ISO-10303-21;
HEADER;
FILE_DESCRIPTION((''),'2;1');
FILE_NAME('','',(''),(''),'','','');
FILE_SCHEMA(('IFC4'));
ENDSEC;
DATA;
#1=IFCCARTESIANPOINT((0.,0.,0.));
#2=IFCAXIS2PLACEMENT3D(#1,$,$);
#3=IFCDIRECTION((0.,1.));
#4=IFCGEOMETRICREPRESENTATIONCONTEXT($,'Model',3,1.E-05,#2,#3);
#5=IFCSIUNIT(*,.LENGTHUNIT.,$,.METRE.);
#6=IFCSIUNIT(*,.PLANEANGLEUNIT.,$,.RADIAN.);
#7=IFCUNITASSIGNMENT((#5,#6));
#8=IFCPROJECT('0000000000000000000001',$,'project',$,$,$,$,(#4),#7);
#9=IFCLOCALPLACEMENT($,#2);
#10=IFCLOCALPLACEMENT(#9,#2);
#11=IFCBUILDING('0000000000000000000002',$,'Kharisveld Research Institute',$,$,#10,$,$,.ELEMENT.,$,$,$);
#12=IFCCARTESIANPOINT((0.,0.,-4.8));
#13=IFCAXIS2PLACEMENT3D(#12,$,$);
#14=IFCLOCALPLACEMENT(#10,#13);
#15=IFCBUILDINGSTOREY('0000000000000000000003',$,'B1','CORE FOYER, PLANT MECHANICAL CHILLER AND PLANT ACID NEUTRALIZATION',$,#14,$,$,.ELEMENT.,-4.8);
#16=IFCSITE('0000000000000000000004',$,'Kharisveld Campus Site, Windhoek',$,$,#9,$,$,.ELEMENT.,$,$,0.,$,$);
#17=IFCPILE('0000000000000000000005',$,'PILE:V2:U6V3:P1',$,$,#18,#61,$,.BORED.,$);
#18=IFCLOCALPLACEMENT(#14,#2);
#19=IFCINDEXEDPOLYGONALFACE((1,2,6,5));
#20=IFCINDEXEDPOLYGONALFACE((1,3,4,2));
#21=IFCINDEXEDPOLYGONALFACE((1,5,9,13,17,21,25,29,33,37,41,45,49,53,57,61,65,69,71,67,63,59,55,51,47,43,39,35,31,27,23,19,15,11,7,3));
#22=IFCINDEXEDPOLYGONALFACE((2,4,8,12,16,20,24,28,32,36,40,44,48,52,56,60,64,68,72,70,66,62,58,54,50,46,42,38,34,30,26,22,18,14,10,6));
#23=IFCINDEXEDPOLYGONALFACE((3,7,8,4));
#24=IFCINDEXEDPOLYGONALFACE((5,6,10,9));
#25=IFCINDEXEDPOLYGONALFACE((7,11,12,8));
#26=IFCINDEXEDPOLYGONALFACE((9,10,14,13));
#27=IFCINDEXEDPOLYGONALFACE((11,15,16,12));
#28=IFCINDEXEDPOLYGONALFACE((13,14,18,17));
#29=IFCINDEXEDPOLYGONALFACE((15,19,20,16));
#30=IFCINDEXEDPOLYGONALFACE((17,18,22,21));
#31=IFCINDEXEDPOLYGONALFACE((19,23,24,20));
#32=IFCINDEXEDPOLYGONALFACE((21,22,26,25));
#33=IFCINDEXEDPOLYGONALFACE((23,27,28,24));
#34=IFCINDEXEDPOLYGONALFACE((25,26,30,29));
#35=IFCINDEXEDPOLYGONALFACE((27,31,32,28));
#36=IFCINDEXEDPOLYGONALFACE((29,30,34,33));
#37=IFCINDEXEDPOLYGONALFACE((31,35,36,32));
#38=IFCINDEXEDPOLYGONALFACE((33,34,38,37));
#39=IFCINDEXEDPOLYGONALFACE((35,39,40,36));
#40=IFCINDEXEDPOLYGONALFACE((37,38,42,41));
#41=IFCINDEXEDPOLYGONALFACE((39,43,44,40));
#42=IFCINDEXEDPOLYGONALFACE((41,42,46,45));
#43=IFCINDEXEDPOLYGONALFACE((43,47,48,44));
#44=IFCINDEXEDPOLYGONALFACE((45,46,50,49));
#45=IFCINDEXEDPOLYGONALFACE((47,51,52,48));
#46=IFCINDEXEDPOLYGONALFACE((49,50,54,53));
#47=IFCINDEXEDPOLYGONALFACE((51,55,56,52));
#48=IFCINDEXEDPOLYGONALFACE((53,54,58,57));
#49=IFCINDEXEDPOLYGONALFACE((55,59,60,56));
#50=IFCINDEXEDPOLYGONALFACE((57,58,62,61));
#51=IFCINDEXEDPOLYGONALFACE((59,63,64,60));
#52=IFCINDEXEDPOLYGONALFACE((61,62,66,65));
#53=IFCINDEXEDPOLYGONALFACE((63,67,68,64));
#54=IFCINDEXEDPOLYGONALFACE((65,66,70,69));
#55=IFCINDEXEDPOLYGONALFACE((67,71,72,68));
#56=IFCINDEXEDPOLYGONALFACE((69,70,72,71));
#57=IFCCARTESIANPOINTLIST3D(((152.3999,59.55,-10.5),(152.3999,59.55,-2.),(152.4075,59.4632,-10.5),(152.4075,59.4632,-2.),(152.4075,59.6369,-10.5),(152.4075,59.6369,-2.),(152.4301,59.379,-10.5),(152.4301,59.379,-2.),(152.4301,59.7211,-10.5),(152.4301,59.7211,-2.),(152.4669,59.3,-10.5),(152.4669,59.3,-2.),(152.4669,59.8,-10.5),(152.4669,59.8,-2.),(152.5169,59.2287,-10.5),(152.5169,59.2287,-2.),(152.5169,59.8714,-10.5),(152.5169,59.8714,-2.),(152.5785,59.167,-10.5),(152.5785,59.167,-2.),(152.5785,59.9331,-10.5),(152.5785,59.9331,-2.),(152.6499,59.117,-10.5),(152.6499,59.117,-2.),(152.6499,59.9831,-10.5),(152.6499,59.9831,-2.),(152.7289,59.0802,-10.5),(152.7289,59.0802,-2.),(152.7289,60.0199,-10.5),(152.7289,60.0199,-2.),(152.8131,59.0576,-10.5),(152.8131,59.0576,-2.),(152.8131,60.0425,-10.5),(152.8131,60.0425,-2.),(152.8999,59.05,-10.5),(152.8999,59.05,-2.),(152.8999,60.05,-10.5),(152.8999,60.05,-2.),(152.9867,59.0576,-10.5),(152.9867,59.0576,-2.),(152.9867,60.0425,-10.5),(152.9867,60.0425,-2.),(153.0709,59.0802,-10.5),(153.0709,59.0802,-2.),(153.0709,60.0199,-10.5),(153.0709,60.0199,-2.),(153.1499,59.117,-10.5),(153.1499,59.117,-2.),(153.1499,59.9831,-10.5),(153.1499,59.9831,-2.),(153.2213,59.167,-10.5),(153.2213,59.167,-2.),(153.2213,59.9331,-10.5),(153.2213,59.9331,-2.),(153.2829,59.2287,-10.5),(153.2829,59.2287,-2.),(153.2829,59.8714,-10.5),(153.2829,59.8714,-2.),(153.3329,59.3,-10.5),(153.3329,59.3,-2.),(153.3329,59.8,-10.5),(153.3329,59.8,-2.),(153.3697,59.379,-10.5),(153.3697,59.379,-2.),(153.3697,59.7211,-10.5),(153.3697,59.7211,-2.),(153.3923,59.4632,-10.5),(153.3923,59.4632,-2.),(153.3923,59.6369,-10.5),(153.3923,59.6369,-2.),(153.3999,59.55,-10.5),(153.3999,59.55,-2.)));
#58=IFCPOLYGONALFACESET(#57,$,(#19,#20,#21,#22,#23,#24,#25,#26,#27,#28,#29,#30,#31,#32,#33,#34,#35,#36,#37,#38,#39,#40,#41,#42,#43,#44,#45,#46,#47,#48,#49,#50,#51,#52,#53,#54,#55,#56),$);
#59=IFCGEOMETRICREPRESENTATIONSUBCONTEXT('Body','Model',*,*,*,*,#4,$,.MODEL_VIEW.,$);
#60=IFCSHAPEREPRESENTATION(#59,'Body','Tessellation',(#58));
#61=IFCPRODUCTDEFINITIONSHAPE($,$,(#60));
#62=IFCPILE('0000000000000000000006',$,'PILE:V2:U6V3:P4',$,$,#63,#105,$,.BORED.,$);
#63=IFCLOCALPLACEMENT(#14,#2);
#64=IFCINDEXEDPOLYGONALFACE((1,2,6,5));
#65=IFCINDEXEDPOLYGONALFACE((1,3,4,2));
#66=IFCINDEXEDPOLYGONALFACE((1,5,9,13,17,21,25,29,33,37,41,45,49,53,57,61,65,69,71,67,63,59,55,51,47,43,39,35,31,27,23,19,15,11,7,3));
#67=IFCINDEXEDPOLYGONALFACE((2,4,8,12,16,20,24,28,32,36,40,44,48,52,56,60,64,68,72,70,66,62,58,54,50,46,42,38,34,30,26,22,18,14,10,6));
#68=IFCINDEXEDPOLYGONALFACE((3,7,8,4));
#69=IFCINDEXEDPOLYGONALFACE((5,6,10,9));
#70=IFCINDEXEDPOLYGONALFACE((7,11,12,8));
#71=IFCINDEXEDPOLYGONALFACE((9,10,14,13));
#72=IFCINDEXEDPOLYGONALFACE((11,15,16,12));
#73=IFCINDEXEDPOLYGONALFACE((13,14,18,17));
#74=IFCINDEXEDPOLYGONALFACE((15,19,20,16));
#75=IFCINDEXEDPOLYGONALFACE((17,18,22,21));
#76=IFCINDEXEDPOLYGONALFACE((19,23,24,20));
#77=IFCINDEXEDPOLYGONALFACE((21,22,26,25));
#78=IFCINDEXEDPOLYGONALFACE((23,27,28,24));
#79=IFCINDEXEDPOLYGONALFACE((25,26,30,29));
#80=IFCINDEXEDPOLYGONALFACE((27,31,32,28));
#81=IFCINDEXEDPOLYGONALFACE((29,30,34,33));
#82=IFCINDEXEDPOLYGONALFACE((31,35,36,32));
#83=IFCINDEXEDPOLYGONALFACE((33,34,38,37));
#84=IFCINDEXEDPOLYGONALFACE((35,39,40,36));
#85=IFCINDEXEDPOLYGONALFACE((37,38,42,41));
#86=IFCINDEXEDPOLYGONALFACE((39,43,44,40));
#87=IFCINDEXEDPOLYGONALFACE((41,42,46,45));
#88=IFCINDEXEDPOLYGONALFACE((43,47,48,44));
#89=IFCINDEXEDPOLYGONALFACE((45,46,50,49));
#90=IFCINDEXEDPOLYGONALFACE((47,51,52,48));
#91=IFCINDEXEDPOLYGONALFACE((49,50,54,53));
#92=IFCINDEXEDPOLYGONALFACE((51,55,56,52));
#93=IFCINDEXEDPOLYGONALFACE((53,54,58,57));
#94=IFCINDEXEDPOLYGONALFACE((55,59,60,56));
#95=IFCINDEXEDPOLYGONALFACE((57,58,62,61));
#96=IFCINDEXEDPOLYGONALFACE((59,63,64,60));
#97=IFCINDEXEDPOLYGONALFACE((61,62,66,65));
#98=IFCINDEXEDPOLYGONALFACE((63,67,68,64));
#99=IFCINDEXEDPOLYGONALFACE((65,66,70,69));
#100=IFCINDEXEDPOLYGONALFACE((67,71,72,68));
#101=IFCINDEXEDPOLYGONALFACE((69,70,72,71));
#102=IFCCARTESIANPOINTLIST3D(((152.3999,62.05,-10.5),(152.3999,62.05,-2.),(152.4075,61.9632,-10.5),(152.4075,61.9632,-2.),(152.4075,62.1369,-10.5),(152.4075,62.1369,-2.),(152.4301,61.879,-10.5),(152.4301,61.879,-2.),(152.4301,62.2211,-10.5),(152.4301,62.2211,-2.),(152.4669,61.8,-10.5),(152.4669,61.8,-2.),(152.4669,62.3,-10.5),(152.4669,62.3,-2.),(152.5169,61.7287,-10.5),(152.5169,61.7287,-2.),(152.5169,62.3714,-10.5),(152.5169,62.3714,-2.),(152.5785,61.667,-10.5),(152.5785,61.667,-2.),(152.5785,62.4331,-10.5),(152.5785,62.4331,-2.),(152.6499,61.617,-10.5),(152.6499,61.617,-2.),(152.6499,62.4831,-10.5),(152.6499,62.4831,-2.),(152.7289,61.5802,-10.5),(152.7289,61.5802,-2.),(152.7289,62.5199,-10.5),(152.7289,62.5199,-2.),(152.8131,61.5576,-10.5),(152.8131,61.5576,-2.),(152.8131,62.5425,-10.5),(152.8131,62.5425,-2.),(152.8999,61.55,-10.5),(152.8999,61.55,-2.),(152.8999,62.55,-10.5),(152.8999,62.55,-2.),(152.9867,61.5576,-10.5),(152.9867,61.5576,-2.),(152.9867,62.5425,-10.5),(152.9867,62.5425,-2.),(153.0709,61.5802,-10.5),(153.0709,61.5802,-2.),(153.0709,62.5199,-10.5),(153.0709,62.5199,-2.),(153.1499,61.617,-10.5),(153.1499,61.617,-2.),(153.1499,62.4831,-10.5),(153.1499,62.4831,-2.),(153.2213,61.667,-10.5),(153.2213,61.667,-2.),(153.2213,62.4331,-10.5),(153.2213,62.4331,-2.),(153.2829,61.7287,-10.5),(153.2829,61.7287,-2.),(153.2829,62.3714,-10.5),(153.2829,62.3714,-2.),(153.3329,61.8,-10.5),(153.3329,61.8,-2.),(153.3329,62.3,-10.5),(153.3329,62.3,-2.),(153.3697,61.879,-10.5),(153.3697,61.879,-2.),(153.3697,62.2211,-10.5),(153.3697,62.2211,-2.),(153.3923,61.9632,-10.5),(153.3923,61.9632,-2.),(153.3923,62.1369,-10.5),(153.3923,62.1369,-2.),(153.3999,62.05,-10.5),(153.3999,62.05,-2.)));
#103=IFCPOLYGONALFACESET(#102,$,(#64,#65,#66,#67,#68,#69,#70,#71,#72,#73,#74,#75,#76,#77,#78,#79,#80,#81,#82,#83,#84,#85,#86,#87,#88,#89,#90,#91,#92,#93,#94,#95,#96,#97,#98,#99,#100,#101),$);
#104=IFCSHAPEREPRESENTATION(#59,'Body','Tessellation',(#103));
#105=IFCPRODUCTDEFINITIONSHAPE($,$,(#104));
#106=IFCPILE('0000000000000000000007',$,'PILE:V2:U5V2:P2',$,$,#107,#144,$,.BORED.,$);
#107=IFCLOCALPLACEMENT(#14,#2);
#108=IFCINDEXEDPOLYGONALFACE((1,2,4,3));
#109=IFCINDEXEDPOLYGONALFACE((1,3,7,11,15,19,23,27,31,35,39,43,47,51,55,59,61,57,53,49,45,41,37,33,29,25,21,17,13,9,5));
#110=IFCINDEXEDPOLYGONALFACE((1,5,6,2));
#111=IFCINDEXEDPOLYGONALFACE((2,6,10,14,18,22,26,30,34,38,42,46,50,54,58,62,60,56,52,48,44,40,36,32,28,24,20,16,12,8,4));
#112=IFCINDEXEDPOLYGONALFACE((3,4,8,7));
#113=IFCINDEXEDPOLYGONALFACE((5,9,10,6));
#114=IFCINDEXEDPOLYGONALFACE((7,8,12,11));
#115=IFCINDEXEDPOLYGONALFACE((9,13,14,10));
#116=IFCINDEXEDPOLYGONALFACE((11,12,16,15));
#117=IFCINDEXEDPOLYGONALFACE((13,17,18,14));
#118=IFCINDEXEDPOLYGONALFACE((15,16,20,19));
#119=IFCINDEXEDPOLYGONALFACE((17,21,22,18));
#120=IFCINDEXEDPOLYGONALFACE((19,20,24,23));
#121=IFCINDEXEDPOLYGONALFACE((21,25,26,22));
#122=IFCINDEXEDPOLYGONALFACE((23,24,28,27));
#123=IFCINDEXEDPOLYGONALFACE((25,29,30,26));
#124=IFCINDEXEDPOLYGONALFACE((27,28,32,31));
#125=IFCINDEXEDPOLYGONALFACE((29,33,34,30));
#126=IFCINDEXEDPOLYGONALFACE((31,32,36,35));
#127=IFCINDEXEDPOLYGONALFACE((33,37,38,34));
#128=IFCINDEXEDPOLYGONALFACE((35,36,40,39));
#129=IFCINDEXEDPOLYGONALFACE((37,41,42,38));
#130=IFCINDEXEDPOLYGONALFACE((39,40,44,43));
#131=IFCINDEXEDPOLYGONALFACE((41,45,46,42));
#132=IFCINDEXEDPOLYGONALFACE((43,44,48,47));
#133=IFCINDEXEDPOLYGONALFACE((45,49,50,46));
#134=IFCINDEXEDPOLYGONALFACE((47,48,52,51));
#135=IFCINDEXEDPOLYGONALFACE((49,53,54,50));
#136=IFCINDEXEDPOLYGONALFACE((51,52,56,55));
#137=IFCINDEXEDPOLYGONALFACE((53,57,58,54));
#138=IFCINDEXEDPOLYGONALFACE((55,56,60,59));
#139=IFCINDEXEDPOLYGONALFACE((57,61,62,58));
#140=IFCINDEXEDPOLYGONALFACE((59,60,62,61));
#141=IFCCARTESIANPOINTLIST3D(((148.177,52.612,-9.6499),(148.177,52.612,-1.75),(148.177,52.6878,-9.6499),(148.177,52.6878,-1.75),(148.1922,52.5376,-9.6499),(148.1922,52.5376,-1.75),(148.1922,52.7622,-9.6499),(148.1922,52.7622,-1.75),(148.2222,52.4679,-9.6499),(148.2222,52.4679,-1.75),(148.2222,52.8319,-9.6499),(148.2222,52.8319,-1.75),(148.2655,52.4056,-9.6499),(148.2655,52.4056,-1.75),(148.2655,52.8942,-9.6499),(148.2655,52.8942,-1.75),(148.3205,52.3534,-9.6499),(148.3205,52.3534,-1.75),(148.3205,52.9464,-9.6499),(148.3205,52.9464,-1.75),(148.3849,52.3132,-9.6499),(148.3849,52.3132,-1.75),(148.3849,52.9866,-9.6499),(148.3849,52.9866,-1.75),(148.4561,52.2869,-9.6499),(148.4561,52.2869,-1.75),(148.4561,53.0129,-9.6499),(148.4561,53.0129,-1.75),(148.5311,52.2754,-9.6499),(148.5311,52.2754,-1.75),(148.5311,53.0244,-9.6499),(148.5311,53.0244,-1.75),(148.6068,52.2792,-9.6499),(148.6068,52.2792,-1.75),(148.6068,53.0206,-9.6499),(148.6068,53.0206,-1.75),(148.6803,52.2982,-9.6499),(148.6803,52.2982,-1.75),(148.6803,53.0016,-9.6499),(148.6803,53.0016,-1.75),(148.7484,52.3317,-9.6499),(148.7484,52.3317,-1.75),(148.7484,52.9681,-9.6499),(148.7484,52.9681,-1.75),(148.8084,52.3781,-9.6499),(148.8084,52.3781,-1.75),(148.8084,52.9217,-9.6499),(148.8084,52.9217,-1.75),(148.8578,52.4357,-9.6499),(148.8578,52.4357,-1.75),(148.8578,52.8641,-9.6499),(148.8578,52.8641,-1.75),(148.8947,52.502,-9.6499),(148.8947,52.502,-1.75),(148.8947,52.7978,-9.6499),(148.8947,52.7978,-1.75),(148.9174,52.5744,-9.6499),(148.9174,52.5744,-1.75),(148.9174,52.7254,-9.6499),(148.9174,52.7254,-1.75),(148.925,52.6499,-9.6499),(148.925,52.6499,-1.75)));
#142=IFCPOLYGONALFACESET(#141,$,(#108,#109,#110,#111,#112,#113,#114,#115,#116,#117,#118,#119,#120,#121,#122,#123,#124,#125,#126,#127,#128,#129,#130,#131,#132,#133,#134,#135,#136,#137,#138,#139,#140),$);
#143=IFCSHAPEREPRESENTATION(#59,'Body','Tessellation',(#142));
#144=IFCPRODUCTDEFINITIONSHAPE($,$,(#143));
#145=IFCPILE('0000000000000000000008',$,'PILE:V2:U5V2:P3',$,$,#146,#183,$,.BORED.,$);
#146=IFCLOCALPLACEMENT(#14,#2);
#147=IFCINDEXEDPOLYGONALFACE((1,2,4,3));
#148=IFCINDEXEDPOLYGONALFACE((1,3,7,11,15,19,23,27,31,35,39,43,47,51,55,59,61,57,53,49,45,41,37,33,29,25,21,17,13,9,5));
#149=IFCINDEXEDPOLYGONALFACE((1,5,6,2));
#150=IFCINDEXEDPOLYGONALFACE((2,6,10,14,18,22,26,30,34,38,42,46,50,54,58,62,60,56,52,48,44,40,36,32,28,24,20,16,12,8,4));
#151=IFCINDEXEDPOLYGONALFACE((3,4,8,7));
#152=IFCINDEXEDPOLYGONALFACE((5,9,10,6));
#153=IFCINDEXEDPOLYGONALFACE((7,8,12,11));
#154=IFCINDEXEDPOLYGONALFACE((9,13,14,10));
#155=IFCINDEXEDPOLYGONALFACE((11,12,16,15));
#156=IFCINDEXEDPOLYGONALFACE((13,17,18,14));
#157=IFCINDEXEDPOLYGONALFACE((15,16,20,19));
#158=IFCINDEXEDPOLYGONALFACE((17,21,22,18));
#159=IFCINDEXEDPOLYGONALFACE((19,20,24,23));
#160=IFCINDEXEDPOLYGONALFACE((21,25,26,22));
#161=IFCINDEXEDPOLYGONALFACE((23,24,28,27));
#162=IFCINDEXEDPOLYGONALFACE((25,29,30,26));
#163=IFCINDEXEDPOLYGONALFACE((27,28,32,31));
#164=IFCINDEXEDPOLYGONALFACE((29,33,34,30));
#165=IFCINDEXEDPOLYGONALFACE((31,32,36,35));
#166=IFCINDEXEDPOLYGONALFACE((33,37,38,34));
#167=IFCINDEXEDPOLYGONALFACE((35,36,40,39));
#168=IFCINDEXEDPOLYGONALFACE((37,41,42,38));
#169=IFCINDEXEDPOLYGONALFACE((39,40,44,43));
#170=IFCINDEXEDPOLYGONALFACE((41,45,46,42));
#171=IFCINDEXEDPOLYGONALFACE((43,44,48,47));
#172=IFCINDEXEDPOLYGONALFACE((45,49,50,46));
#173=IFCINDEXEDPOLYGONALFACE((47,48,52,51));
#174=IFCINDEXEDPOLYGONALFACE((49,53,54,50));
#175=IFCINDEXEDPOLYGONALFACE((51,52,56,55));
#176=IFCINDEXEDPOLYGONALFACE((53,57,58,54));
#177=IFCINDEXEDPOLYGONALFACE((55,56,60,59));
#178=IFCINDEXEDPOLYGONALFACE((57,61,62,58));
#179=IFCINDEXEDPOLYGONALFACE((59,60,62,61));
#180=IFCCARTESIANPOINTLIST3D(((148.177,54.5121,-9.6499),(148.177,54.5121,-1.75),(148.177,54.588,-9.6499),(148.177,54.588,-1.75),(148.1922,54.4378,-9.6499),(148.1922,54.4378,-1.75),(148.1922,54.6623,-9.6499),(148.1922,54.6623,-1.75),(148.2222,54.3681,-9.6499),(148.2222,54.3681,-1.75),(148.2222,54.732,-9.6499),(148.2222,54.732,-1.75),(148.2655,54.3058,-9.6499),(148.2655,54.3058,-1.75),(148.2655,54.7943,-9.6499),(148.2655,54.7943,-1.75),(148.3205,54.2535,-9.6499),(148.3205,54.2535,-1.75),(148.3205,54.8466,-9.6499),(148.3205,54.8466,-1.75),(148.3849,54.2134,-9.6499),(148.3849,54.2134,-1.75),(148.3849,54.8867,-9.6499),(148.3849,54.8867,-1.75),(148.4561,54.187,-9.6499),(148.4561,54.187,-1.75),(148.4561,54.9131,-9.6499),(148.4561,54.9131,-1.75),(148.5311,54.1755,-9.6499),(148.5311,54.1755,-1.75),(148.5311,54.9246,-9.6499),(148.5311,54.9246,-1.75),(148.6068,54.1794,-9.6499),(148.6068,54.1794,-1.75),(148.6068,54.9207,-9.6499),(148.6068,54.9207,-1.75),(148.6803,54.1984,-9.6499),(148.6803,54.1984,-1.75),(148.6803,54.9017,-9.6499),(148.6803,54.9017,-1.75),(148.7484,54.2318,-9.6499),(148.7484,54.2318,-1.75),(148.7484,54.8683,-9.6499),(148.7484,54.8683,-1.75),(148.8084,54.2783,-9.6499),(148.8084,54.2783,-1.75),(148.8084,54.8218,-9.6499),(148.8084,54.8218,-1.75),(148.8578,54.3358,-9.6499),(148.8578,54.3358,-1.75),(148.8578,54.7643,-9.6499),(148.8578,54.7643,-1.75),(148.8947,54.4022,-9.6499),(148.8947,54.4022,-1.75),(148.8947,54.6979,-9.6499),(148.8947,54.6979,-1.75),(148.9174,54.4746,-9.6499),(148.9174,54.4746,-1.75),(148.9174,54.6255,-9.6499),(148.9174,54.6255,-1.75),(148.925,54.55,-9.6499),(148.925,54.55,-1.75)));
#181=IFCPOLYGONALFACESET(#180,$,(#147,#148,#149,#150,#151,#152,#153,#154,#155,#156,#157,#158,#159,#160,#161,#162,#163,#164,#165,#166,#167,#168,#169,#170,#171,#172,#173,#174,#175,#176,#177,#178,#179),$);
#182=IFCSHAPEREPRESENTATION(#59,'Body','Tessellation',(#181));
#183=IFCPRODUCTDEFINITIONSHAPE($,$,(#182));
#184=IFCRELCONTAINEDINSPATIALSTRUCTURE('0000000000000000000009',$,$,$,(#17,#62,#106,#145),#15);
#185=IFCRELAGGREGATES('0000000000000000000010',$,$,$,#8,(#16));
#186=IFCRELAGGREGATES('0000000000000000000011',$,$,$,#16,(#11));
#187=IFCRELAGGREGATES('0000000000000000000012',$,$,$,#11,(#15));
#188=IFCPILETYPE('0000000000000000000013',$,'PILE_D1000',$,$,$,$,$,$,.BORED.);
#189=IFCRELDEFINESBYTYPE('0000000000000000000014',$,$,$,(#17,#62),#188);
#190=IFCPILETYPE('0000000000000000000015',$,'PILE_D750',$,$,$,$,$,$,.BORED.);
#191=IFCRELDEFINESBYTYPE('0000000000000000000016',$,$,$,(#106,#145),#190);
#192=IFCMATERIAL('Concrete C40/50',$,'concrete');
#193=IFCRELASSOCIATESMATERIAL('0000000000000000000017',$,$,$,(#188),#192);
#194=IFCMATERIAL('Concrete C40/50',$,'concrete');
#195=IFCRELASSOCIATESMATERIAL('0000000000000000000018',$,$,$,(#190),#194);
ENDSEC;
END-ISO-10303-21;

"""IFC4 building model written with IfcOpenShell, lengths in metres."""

from ifc_helpers import new_model, si_unit, direction, frame, origin, origin_2d, place, context, subcontext, project, spatial, circle, extrude, material, material_profile, profile_set, type_object, element, save


model = new_model("IFC4")

# Units and contexts
model_context = context("Model", 3, precision=1e-05, world=origin(), true_north=direction((0.0, 1.0)))
body_context = subcontext(model_context, "Body", "Model", "MODEL_VIEW")
ifc_project = project(units=[si_unit("LENGTHUNIT", "METRE"), si_unit("PLANEANGLEUNIT", "RADIAN")], contexts=[model_context])

# Site, building, storey
site_placement = place(None, origin())
site = spatial("IfcSite", under=ifc_project, at=site_placement, Name="Kharisveld Campus Site, Windhoek", CompositionType="ELEMENT", RefElevation=0.0)
building_placement = place(site_placement, origin())
building = spatial("IfcBuilding", under=site, at=building_placement, Name="Kharisveld Research Institute", CompositionType="ELEMENT")
storey_placement = place(building_placement, frame((0.0, 0.0, -4.8)))
storey = spatial("IfcBuildingStorey", under=building, at=storey_placement, Name="B1", Description="CORE FOYER, PLANT MECHANICAL CHILLER AND PLANT ACID NEUTRALIZATION", CompositionType="ELEMENT", Elevation=-4.8)

# Piles
ifc_material_1 = material(Name="Concrete C40/50", Category="concrete")
ifc_material_profile_1 = material_profile(ifc_material_1, circle(Radius=0.5, at=origin_2d()))
ifc_profile_set_1 = profile_set([ifc_material_profile_1], Name="Concrete C40/50")
pile_type_1 = type_object("IfcPileType", Name="PILE_D1000", PredefinedType="BORED", material=ifc_profile_set_1)
for number, where, z_axis, x_axis, name in (
    (1, (152.8999, 59.55, -2.0), (0.0, 0.0, -1.0), (1.0, 0.0, 0.0), "PILE:V2:U6V3:P1"),
    (2, (152.8999, 62.05, -2.0), (0.0, 0.0, -1.0), (1.0, 0.0, 0.0), "PILE:V2:U6V3:P4"),
):
    element("IfcPile", number, at=place(storey_placement, frame(where, z_axis=z_axis, x_axis=x_axis)), inside=storey, type_object=pile_type_1, Name=name, PredefinedType="BORED", context=body_context, shape_type="SweptSolid", body=[
        extrude(circle(Radius=0.5, at=origin_2d()), origin(), (0.0, 0.0, 1.0), 8.5),
    ])
ifc_material_2 = material(Name="Concrete C40/50", Category="concrete")
ifc_material_profile_2 = material_profile(ifc_material_2, circle(Radius=0.375, at=origin_2d()))
ifc_profile_set_2 = profile_set([ifc_material_profile_2], Name="Concrete C40/50")
pile_type_2 = type_object("IfcPileType", Name="PILE_D750", PredefinedType="BORED", material=ifc_profile_set_2)
for number, where, z_axis, x_axis, name in (
    (3, (148.55, 52.6499, -1.75), (0.0, 0.0, -1.0), (1.0, 0.0, 0.0), "PILE:V2:U5V2:P2"),
    (4, (148.55, 54.55, -1.75), (0.0, 0.0, -1.0), (1.0, 0.0, 0.0), "PILE:V2:U5V2:P3"),
):
    element("IfcPile", number, at=place(storey_placement, frame(where, z_axis=z_axis, x_axis=x_axis)), inside=storey, type_object=pile_type_2, Name=name, PredefinedType="BORED", context=body_context, shape_type="SweptSolid", body=[
        extrude(circle(Radius=0.375, at=origin_2d()), origin(), (0.0, 0.0, 1.0), 7.8999),
    ])

save(model, "model.ifc")
